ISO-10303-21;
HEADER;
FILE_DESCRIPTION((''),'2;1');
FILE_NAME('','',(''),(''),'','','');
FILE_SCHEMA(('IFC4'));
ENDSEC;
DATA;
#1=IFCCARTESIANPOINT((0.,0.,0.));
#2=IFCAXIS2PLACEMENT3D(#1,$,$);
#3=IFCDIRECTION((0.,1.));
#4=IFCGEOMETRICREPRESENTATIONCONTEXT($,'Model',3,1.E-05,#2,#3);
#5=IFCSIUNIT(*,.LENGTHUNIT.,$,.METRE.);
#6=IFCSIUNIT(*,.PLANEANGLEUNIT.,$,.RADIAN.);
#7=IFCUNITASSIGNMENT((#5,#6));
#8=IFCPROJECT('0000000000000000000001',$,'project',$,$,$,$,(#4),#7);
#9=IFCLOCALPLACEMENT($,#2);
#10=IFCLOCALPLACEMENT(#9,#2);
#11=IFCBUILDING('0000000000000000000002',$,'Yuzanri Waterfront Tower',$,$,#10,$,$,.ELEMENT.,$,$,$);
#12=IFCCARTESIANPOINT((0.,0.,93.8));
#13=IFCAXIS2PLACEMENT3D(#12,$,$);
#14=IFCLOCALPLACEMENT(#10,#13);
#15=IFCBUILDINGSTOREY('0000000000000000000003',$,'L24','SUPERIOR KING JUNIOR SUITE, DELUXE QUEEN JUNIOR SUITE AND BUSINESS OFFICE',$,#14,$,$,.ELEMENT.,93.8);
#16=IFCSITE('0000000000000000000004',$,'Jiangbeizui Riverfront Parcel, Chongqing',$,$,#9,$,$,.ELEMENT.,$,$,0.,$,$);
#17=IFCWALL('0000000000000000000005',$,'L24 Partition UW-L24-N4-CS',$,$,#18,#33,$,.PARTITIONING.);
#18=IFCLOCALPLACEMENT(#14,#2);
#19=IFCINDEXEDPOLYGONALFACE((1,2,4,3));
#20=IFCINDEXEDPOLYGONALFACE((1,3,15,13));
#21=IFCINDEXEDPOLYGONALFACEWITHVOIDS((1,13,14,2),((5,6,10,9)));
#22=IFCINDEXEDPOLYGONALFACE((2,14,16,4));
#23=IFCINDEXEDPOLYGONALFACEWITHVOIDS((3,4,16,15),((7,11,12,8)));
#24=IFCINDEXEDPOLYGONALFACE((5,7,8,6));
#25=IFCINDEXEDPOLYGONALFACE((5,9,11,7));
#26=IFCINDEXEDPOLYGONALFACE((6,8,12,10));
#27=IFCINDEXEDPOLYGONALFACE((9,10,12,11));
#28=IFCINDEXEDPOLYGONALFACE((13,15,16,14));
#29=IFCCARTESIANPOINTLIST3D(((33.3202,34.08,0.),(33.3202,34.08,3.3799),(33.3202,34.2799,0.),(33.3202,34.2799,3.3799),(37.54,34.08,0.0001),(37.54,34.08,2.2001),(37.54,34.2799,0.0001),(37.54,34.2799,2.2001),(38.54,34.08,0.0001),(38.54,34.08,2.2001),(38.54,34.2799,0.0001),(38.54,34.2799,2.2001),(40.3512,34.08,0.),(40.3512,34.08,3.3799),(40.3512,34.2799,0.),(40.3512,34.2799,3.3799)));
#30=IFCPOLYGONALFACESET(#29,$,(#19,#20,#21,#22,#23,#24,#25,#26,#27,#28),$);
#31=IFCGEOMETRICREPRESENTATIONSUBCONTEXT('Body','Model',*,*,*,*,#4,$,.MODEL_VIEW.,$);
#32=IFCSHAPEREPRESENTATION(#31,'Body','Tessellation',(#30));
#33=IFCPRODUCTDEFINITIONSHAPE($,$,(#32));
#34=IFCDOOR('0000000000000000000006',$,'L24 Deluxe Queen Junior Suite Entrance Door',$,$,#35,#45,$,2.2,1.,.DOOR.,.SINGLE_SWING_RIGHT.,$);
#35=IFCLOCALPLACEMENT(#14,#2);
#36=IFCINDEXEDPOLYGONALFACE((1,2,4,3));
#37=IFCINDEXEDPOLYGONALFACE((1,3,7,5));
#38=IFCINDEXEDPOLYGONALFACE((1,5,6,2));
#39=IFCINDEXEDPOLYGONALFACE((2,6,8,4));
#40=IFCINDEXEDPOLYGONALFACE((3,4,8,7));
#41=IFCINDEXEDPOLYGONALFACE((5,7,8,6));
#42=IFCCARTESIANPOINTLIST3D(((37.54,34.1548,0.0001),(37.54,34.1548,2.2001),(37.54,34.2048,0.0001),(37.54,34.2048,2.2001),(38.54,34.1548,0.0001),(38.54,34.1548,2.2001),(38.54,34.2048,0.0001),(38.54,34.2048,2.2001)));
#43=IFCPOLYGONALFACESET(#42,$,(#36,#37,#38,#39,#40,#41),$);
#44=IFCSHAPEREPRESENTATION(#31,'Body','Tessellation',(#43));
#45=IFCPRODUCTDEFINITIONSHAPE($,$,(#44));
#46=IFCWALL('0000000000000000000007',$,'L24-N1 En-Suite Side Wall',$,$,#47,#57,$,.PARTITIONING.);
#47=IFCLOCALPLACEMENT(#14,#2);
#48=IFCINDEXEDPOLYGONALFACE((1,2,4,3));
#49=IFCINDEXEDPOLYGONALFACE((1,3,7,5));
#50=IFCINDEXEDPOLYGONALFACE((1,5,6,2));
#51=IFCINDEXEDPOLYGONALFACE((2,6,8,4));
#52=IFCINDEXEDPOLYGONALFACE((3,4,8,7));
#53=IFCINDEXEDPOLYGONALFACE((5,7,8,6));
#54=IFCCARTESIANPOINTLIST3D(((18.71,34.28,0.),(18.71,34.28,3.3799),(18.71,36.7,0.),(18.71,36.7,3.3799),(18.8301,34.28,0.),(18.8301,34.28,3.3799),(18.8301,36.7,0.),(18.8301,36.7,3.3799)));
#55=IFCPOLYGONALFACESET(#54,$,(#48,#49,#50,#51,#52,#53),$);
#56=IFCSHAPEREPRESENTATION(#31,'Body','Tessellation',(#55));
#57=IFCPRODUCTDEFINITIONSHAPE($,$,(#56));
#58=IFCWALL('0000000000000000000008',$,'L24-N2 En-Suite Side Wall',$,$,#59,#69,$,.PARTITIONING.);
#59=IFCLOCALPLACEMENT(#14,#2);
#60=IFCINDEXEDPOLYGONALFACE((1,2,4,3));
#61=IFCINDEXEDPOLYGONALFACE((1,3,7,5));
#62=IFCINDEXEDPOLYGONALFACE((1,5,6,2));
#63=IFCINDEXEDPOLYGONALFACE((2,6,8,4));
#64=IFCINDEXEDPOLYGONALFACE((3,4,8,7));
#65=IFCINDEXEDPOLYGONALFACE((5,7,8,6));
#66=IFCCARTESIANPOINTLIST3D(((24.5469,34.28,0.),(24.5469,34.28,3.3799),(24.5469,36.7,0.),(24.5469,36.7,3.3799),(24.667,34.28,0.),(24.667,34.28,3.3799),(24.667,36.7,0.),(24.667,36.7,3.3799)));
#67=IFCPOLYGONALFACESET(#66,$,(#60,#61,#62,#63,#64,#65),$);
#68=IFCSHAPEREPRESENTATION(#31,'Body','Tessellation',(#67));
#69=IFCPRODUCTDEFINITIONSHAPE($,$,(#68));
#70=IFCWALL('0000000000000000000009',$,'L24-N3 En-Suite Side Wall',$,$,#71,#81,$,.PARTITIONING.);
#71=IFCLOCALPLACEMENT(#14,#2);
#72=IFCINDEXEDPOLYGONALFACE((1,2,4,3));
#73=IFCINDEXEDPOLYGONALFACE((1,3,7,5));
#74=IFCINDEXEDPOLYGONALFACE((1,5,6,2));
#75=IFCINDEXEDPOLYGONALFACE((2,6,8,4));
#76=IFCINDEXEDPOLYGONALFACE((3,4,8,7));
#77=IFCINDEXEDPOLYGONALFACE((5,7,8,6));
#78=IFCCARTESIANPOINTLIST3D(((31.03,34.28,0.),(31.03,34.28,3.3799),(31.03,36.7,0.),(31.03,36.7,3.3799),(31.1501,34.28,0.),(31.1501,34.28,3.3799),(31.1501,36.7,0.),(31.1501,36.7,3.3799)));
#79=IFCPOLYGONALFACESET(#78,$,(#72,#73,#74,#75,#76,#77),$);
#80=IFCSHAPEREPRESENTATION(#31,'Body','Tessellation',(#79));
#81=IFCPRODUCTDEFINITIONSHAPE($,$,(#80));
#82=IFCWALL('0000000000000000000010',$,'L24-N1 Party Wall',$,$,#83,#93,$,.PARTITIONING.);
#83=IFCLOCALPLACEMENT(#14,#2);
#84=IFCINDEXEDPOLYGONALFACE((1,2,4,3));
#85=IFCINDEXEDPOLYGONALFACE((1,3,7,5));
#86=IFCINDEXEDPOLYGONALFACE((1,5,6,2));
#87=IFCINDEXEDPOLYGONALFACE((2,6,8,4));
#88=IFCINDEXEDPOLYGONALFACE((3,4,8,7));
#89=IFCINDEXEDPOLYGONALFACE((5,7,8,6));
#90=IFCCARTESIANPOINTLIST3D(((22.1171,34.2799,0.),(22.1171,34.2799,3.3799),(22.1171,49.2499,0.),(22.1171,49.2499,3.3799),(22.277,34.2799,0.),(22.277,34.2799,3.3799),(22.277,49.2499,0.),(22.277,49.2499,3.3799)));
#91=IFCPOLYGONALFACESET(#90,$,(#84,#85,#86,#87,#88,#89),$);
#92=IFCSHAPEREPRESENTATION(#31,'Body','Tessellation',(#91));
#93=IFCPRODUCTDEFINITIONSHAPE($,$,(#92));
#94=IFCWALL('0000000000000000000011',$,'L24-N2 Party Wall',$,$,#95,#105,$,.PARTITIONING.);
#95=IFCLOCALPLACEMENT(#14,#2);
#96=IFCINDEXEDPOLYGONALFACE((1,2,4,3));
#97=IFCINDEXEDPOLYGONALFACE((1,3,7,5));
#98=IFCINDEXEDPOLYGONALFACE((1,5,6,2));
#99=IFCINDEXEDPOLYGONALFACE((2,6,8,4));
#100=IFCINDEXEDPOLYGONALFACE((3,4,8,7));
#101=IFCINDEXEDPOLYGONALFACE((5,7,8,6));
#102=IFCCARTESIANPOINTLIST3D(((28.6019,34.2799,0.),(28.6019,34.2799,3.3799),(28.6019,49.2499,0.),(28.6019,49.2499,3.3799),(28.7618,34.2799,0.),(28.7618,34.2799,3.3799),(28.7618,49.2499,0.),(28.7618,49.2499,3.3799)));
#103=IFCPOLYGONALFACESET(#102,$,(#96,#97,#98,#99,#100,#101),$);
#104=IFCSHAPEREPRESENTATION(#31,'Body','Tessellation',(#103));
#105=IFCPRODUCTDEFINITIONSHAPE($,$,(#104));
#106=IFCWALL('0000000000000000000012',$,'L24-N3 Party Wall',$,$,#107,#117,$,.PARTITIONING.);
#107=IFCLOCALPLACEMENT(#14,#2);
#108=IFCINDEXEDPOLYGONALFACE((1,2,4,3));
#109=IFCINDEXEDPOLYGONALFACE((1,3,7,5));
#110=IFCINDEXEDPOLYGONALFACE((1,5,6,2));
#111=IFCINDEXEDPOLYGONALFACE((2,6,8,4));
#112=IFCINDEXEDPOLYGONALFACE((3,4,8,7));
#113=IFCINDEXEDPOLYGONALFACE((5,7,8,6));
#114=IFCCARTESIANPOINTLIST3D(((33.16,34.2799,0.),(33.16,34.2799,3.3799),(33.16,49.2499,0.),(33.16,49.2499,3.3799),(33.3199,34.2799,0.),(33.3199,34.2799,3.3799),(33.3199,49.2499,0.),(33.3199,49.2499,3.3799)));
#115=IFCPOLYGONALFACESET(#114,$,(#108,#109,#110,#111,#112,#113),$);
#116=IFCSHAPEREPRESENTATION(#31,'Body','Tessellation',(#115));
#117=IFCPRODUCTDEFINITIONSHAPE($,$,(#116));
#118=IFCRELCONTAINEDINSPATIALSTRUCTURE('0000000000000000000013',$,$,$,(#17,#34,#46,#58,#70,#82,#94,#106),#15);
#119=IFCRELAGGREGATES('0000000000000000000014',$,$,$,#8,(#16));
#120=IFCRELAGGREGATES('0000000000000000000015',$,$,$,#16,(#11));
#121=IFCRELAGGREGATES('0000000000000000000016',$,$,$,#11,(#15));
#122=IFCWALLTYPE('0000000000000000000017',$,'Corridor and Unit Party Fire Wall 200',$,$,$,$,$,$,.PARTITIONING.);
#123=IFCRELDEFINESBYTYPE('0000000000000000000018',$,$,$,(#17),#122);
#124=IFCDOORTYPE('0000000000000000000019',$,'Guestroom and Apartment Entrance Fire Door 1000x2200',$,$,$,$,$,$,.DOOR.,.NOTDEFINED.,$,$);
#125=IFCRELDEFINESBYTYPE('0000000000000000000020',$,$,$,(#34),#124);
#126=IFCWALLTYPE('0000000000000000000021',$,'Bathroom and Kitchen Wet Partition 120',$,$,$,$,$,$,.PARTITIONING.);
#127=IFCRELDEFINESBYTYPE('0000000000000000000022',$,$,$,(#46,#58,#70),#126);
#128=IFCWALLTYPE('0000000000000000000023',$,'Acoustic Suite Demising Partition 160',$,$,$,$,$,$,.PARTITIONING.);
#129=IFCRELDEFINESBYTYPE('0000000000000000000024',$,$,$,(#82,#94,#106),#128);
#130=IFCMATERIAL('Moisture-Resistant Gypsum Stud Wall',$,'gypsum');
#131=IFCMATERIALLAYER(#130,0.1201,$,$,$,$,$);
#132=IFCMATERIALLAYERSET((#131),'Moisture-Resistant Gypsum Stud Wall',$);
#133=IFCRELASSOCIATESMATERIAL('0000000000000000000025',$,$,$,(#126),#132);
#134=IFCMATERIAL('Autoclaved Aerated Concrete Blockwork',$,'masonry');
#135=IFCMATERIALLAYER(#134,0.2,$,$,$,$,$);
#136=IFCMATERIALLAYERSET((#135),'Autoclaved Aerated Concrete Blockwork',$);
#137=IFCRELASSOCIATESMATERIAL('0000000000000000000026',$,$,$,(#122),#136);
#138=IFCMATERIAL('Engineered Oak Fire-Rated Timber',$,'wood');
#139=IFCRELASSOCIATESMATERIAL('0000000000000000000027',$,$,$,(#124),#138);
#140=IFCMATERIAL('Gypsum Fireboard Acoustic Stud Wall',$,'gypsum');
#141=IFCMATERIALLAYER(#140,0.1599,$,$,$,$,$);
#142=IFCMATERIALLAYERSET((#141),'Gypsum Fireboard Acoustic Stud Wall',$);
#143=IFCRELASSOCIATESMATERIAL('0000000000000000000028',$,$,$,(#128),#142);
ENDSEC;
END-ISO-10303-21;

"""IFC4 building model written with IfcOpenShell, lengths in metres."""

from ifc_helpers import new_model, si_unit, direction, frame, frame_2d, origin, place, context, subcontext, project, spatial, rectangle, extrude, source, transform, mapped, material, layer, layer_set, type_object, element, fill, save


model = new_model("IFC4")

# Units and contexts
model_context = context("Model", 3, precision=1e-05, world=origin(), true_north=direction((0.0, 1.0)))
body_context = subcontext(model_context, "Body", "Model", "MODEL_VIEW")
ifc_project = project(units=[si_unit("LENGTHUNIT", "METRE"), si_unit("PLANEANGLEUNIT", "RADIAN")], contexts=[model_context])

# Site, building, storey
site_placement = place(None, origin())
site = spatial("IfcSite", under=ifc_project, at=site_placement, Name="Jiangbeizui Riverfront Parcel, Chongqing", CompositionType="ELEMENT", RefElevation=0.0)
building_placement = place(site_placement, origin())
building = spatial("IfcBuilding", under=site, at=building_placement, Name="Yuzanri Waterfront Tower", CompositionType="ELEMENT")
storey_placement = place(building_placement, frame((0.0, 0.0, 93.8)))
storey = spatial("IfcBuildingStorey", under=building, at=storey_placement, Name="L24", Description="SUPERIOR KING JUNIOR SUITE, DELUXE QUEEN JUNIOR SUITE AND BUSINESS OFFICE", CompositionType="ELEMENT", Elevation=93.8)

# Wall, opening, door
ifc_material_1 = material(Name="Moisture-Resistant Gypsum Stud Wall", Category="gypsum")
ifc_layer_1 = layer(ifc_material_1, 0.1201)
ifc_layer_set_1 = layer_set([ifc_layer_1], Name="Moisture-Resistant Gypsum Stud Wall")
wall_type_1 = type_object("IfcWallType", Name="Bathroom and Kitchen Wet Partition 120", PredefinedType="PARTITIONING", material=ifc_layer_set_1)
ifc_material_2 = material(Name="Autoclaved Aerated Concrete Blockwork", Category="masonry")
ifc_layer_2 = layer(ifc_material_2, 0.2)
ifc_layer_set_2 = layer_set([ifc_layer_2], Name="Autoclaved Aerated Concrete Blockwork")
wall_type_2 = type_object("IfcWallType", Name="Corridor and Unit Party Fire Wall 200", PredefinedType="PARTITIONING", material=ifc_layer_set_2)
ifc_material_3 = material(Name="Engineered Oak Fire-Rated Timber", Category="wood")
door_type_1 = type_object("IfcDoorType", Name="Guestroom and Apartment Entrance Fire Door 1000x2200", OperationType="NOTDEFINED", PredefinedType="DOOR", material=ifc_material_3)
shared_shape_1 = source(origin(), body_context, "Body", "SweptSolid", [
    extrude(rectangle(XDim=1.0, YDim=2.2, at=frame_2d((0.5, 1.1001))), frame((0.0, 0.0249, 0.0), z_axis=(0.0, -1.0, 0.0), x_axis=(1.0, 0.0, 0.0)), (0.0, 0.0, 1.0), 0.05),
])
wall_1_placement = place(storey_placement, frame((33.3201, 34.1799, 0.0), z_axis=(0.0, 0.0, 1.0), x_axis=(1.0, 0.0, 0.0)))
wall_1 = element("IfcWall", 1, at=wall_1_placement, inside=storey, type_object=wall_type_2, Name="L24 Partition UW-L24-N4-CS", PredefinedType="PARTITIONING", context=body_context, shape_type="SweptSolid", body=[
    extrude(rectangle(XDim=7.031, YDim=0.2, at=frame_2d((3.5156, 0.0))), origin(), (0.0, 0.0, 1.0), 3.3799),
])
opening_1_placement = place(wall_1_placement, frame((4.22, 0.0, 0.0)))
opening_1 = element("IfcOpeningElement", 2, at=opening_1_placement, cuts=wall_1, PredefinedType="OPENING", context=body_context, shape_type="SweptSolid", body=[
    extrude(rectangle(XDim=1.0, YDim=2.2, at=frame_2d((0.5, 1.1001))), frame((0.0, 0.1147, 0.0), z_axis=(0.0, -1.0, 0.0), x_axis=(1.0, 0.0, 0.0)), (0.0, 0.0, 1.0), 0.2297),
])
door_1_placement = place(opening_1_placement, origin())
door_1 = element("IfcDoor", 3, at=door_1_placement, inside=storey, type_object=door_type_1, Name="L24 Deluxe Queen Junior Suite Entrance Door", OperationType="SINGLE_SWING_RIGHT", OverallHeight=2.2, OverallWidth=1.0, PredefinedType="DOOR", context=body_context, shape_type="MappedRepresentation", body=[
    mapped(shared_shape_1, transform((0.0, 0.0, 0.0), scale=1.0)),
])
fill(opening_1, door_1)

# Walls
shared_shape_2 = source(origin(), body_context, "Body", "SweptSolid", [
    extrude(rectangle(XDim=2.4199, YDim=0.1201, at=frame_2d((1.21, 0.0))), origin(), (0.0, 0.0, 1.0), 3.3799),
])
for number, where, z_axis, x_axis, name in (
    (4, (18.77, 34.28, 0.0), (0.0, 0.0, 1.0), (0.0, 1.0, 0.0), "L24-N1 En-Suite Side Wall"),
    (5, (24.6069, 34.28, 0.0), (0.0, 0.0, 1.0), (0.0, 1.0, 0.0), "L24-N2 En-Suite Side Wall"),
    (6, (31.0901, 34.28, 0.0), (0.0, 0.0, 1.0), (0.0, 1.0, 0.0), "L24-N3 En-Suite Side Wall"),
):
    element("IfcWall", number, at=place(storey_placement, frame(where, z_axis=z_axis, x_axis=x_axis)), inside=storey, type_object=wall_type_1, Name=name, PredefinedType="PARTITIONING", context=body_context, shape_type="MappedRepresentation", body=[
        mapped(shared_shape_2, transform((0.0, 0.0, 0.0), scale=1.0)),
    ])
ifc_material_4 = material(Name="Gypsum Fireboard Acoustic Stud Wall", Category="gypsum")
ifc_layer_3 = layer(ifc_material_4, 0.1599)
ifc_layer_set_3 = layer_set([ifc_layer_3], Name="Gypsum Fireboard Acoustic Stud Wall")
wall_type_3 = type_object("IfcWallType", Name="Acoustic Suite Demising Partition 160", PredefinedType="PARTITIONING", material=ifc_layer_set_3)
shared_shape_3 = source(origin(), body_context, "Body", "SweptSolid", [
    extrude(rectangle(XDim=14.97, YDim=0.1599, at=frame_2d((7.4849, 0.0))), origin(), (0.0, 0.0, 1.0), 3.3799),
])
for number, where, z_axis, x_axis, name in (
    (7, (22.197, 34.28, 0.0), (0.0, 0.0, 1.0), (0.0, 1.0, 0.0), "L24-N1 Party Wall"),
    (8, (28.6819, 34.28, 0.0), (0.0, 0.0, 1.0), (0.0, 1.0, 0.0), "L24-N2 Party Wall"),
    (9, (33.24, 34.28, 0.0), (0.0, 0.0, 1.0), (0.0, 1.0, 0.0), "L24-N3 Party Wall"),
):
    element("IfcWall", number, at=place(storey_placement, frame(where, z_axis=z_axis, x_axis=x_axis)), inside=storey, type_object=wall_type_3, Name=name, PredefinedType="PARTITIONING", context=body_context, shape_type="MappedRepresentation", body=[
        mapped(shared_shape_3, transform((0.0, 0.0, 0.0), scale=1.0)),
    ])

save(model, "model.ifc")
